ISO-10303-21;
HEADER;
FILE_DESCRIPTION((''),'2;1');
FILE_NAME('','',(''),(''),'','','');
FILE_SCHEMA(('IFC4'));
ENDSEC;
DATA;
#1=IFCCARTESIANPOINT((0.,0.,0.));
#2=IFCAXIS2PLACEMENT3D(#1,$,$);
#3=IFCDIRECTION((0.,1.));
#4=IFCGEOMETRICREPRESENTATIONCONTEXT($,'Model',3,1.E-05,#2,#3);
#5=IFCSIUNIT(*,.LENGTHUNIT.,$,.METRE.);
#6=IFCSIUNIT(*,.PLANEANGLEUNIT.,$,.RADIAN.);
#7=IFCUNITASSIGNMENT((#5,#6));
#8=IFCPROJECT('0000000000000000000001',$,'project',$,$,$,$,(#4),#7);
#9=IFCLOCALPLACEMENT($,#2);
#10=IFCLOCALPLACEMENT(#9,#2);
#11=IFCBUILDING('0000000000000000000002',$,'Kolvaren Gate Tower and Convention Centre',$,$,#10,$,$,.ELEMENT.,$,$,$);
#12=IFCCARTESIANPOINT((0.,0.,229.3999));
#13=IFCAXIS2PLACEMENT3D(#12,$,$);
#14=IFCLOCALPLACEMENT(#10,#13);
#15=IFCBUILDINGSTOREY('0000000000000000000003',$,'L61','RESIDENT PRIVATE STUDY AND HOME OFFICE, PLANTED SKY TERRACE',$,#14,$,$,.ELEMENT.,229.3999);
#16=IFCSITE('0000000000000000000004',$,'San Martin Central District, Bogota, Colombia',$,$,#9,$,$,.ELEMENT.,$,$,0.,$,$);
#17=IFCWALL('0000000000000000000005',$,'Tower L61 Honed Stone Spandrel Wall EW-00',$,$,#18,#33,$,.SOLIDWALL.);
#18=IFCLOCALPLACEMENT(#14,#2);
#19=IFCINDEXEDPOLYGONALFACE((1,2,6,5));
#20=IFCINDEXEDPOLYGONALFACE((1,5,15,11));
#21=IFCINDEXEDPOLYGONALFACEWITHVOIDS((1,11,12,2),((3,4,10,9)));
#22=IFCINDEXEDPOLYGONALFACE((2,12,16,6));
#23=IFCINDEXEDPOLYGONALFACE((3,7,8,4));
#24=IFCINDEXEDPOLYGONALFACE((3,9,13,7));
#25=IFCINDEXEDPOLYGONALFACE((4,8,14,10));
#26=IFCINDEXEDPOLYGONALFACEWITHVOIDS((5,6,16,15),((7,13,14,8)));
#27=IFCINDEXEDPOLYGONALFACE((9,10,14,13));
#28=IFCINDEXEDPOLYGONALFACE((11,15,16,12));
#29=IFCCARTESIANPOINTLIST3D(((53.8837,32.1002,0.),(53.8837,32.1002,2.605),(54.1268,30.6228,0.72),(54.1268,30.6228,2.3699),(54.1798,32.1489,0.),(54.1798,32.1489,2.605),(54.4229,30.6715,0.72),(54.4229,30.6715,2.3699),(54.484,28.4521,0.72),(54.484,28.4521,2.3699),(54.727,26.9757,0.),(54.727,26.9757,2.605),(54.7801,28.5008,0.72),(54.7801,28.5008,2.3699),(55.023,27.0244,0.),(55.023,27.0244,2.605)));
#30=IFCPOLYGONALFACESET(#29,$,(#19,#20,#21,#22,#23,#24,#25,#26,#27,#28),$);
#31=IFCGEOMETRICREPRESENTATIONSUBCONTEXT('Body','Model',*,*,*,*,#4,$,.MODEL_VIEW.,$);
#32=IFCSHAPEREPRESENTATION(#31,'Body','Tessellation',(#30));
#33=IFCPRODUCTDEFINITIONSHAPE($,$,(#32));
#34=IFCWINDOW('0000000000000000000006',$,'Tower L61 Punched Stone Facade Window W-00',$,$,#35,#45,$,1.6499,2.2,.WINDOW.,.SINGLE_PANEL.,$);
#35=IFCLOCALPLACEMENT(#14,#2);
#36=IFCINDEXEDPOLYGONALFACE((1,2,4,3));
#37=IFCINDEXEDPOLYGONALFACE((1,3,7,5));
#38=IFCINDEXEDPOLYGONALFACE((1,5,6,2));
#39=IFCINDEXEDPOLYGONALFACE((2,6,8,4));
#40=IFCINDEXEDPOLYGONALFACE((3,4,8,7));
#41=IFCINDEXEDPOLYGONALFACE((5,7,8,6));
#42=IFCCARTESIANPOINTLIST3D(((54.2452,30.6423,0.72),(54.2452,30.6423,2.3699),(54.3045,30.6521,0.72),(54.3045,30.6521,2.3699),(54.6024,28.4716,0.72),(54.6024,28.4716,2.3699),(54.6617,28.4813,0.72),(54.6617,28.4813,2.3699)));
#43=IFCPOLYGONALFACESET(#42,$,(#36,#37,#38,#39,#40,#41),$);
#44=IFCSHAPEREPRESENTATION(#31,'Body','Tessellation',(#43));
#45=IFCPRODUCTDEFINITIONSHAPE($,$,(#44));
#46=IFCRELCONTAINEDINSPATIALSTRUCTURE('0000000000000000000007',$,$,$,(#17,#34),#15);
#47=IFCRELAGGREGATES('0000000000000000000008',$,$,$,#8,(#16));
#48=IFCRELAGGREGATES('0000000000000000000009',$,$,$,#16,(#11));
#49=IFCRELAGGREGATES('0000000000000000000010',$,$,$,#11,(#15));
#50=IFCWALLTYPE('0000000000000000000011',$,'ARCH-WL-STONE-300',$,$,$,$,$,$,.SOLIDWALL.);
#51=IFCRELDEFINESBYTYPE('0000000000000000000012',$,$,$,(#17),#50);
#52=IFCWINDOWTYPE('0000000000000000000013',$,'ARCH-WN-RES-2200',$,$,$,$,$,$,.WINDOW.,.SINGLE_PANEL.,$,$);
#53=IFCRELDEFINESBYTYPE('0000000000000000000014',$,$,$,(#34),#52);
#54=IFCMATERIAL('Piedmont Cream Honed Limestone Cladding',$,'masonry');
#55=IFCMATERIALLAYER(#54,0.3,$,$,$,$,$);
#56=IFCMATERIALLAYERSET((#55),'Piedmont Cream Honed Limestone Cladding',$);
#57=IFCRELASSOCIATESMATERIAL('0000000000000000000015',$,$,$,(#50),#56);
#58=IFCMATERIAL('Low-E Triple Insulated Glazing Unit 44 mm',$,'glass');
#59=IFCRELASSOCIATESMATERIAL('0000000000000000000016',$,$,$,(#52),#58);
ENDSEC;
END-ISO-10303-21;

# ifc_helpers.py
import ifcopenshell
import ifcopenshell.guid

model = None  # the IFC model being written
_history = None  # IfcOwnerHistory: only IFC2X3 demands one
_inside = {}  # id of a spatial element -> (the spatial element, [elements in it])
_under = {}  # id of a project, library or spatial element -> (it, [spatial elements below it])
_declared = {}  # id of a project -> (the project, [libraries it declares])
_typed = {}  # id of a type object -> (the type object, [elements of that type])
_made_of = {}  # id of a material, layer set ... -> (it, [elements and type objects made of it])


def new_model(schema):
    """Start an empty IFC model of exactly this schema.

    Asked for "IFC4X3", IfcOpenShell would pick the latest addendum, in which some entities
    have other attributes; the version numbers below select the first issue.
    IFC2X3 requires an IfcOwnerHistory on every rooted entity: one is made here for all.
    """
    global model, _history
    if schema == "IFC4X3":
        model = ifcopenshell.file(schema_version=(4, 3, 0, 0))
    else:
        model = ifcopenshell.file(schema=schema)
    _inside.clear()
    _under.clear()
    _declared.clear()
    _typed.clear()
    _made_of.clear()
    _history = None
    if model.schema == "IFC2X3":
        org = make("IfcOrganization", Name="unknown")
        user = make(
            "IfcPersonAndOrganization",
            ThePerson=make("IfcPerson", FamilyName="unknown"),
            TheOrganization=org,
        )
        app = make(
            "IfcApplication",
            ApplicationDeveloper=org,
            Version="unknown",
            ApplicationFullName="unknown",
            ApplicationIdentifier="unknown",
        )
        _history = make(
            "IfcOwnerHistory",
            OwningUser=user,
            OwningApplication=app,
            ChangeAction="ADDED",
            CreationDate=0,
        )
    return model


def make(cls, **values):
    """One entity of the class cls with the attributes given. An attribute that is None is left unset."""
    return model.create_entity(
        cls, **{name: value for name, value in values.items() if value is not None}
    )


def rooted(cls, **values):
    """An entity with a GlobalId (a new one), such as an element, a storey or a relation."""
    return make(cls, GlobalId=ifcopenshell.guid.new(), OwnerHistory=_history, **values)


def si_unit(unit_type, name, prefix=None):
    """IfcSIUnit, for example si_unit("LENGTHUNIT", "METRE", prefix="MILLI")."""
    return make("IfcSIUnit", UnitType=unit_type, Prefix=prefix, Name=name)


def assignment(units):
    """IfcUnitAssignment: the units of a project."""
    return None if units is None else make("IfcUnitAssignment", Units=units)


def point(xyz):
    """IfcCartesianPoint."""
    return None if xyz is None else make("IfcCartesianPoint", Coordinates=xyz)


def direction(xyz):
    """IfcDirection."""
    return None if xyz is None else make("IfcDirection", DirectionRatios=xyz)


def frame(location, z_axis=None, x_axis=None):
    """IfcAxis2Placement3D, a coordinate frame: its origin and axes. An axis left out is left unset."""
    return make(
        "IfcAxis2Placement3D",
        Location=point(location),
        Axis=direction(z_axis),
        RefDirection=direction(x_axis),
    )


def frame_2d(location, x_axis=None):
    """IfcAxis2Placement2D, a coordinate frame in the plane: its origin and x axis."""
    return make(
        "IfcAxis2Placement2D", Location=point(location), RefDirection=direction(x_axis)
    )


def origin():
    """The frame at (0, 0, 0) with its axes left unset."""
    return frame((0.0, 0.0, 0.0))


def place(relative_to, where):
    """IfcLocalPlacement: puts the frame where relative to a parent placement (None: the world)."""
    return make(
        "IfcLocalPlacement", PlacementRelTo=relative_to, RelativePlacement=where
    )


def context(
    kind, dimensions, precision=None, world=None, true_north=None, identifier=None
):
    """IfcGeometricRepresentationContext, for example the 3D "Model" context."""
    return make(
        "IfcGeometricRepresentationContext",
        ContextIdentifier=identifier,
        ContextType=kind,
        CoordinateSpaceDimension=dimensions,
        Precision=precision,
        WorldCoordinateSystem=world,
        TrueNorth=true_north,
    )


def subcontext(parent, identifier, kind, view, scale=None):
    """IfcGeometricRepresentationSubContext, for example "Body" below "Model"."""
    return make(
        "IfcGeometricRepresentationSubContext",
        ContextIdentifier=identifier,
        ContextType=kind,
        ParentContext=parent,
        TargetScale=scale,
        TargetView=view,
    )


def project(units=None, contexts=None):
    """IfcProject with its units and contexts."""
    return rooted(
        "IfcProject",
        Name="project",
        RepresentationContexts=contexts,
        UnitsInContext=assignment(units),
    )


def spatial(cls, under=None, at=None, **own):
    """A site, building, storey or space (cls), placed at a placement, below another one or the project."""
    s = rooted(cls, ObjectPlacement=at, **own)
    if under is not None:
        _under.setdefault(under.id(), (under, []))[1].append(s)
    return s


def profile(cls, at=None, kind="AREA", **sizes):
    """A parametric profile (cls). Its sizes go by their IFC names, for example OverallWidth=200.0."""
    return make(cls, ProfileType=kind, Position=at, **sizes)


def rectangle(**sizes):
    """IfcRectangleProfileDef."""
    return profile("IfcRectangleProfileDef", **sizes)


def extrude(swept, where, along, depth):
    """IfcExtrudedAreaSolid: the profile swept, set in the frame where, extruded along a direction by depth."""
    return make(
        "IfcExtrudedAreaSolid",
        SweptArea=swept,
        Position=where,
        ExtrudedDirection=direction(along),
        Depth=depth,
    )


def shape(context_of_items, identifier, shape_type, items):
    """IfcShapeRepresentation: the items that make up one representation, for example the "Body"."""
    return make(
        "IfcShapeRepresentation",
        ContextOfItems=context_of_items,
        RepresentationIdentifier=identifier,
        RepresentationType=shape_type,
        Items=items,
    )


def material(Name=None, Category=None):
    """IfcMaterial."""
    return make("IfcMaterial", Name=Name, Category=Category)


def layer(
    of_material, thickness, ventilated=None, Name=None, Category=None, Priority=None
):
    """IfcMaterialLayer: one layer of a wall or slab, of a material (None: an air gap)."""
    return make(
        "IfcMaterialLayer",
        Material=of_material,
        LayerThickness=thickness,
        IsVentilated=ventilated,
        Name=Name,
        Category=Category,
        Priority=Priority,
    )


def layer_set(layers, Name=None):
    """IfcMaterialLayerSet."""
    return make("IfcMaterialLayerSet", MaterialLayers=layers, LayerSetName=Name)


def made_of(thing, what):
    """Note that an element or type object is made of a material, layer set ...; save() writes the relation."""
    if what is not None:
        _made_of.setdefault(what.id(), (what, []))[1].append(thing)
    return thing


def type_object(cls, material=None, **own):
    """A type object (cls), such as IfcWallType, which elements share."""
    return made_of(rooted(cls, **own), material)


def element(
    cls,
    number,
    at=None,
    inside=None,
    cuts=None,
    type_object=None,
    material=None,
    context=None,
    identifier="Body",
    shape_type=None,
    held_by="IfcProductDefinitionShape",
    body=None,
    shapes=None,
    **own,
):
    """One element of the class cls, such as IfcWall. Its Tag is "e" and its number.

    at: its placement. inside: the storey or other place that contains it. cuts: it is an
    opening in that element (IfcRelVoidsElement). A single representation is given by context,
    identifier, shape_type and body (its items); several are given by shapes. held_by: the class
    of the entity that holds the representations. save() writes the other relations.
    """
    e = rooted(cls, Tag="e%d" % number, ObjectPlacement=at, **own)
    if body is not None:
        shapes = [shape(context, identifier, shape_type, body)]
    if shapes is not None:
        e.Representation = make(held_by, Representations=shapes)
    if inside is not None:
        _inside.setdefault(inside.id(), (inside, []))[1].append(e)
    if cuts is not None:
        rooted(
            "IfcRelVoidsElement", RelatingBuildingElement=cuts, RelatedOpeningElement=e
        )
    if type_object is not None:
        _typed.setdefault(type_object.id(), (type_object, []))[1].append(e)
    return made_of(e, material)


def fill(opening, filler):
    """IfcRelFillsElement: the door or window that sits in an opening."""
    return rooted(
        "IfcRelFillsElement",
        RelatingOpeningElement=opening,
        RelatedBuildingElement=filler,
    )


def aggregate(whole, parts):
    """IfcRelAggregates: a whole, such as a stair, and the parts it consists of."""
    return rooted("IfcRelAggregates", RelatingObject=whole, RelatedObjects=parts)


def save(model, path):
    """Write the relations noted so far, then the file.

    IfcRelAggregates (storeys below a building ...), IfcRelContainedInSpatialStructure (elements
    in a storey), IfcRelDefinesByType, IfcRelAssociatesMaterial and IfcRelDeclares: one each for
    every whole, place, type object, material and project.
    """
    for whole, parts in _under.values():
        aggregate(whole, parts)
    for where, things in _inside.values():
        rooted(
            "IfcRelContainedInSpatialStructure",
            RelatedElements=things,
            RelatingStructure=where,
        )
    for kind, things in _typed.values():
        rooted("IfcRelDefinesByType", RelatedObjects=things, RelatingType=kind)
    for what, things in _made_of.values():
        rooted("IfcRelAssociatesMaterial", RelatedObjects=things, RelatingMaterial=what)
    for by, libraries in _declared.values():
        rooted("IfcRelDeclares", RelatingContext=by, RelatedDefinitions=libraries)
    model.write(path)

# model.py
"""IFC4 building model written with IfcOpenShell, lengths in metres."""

from ifc_helpers import new_model, si_unit, direction, frame, frame_2d, origin, place, context, subcontext, project, spatial, rectangle, extrude, material, layer, layer_set, type_object, element, fill, save


model = new_model("IFC4")

# Units and contexts
model_context = context("Model", 3, precision=1e-05, world=origin(), true_north=direction((0.0, 1.0)))
body_context = subcontext(model_context, "Body", "Model", "MODEL_VIEW")
ifc_project = project(units=[si_unit("LENGTHUNIT", "METRE"), si_unit("PLANEANGLEUNIT", "RADIAN")], contexts=[model_context])

# Site, building, storey
site_placement = place(None, origin())
site = spatial("IfcSite", under=ifc_project, at=site_placement, Name="San Martin Central District, Bogota, Colombia", CompositionType="ELEMENT", RefElevation=0.0)
building_placement = place(site_placement, origin())
building = spatial("IfcBuilding", under=site, at=building_placement, Name="Kolvaren Gate Tower and Convention Centre", CompositionType="ELEMENT")
storey_placement = place(building_placement, frame((0.0, 0.0, 229.3999)))
storey = spatial("IfcBuildingStorey", under=building, at=storey_placement, Name="L61", Description="RESIDENT PRIVATE STUDY AND HOME OFFICE, PLANTED SKY TERRACE", CompositionType="ELEMENT", Elevation=229.3999)

# Shared definitions
ifc_material_1 = material(Name="Piedmont Cream Honed Limestone Cladding", Category="masonry")

# Wall, opening, window
ifc_layer_1 = layer(ifc_material_1, 0.3)
ifc_layer_set_1 = layer_set([ifc_layer_1], Name="Piedmont Cream Honed Limestone Cladding")
wall_type_1 = type_object("IfcWallType", Name="ARCH-WL-STONE-300", PredefinedType="SOLIDWALL", material=ifc_layer_set_1)
wall_1_placement = place(storey_placement, frame((54.0317, 32.1245, 0.0), z_axis=(0.0, 0.0, 1.0), x_axis=(0.162371, -0.98673, 0.0)))
wall_1 = element("IfcWall", 1, at=wall_1_placement, inside=storey, type_object=wall_type_1, Name="Tower L61 Honed Stone Spandrel Wall EW-00", PredefinedType="SOLIDWALL", context=body_context, shape_type="SweptSolid", body=[
    extrude(rectangle(XDim=5.1934, YDim=0.3, at=frame_2d((2.5967, 0.0))), origin(), (0.0, 0.0, 1.0), 2.605),
])
opening_placement = place(wall_1_placement, frame((1.4971, 0.0, 0.72)))
opening = element("IfcOpeningElement", 2, at=opening_placement, cuts=wall_1, PredefinedType="OPENING", context=body_context, shape_type="SweptSolid", body=[
    extrude(rectangle(XDim=2.2, YDim=1.6499, at=frame_2d((1.1001, 0.825))), frame((0.0, 0.1599, 0.0), z_axis=(0.0, -1.0, 0.0), x_axis=(1.0, 0.0, 0.0)), (0.0, 0.0, 1.0), 0.3201),
])
ifc_material_2 = material(Name="Low-E Triple Insulated Glazing Unit 44 mm", Category="glass")
window_type = type_object("IfcWindowType", Name="ARCH-WN-RES-2200", PartitioningType="SINGLE_PANEL", PredefinedType="WINDOW", material=ifc_material_2)
window_placement = place(opening_placement, origin())
window = element("IfcWindow", 3, at=window_placement, inside=storey, type_object=window_type, Name="Tower L61 Punched Stone Facade Window W-00", OverallHeight=1.6499, OverallWidth=2.2, PartitioningType="SINGLE_PANEL", PredefinedType="WINDOW", context=body_context, shape_type="SweptSolid", body=[
    extrude(rectangle(XDim=2.2, YDim=1.6499, at=frame_2d((1.1001, 0.825))), frame((0.0, 0.03, 0.0), z_axis=(0.0, -1.0, 0.0), x_axis=(1.0, 0.0, 0.0)), (0.0, 0.0, 1.0), 0.0601),
])
fill(opening, window)

save(model, "model.ifc")
